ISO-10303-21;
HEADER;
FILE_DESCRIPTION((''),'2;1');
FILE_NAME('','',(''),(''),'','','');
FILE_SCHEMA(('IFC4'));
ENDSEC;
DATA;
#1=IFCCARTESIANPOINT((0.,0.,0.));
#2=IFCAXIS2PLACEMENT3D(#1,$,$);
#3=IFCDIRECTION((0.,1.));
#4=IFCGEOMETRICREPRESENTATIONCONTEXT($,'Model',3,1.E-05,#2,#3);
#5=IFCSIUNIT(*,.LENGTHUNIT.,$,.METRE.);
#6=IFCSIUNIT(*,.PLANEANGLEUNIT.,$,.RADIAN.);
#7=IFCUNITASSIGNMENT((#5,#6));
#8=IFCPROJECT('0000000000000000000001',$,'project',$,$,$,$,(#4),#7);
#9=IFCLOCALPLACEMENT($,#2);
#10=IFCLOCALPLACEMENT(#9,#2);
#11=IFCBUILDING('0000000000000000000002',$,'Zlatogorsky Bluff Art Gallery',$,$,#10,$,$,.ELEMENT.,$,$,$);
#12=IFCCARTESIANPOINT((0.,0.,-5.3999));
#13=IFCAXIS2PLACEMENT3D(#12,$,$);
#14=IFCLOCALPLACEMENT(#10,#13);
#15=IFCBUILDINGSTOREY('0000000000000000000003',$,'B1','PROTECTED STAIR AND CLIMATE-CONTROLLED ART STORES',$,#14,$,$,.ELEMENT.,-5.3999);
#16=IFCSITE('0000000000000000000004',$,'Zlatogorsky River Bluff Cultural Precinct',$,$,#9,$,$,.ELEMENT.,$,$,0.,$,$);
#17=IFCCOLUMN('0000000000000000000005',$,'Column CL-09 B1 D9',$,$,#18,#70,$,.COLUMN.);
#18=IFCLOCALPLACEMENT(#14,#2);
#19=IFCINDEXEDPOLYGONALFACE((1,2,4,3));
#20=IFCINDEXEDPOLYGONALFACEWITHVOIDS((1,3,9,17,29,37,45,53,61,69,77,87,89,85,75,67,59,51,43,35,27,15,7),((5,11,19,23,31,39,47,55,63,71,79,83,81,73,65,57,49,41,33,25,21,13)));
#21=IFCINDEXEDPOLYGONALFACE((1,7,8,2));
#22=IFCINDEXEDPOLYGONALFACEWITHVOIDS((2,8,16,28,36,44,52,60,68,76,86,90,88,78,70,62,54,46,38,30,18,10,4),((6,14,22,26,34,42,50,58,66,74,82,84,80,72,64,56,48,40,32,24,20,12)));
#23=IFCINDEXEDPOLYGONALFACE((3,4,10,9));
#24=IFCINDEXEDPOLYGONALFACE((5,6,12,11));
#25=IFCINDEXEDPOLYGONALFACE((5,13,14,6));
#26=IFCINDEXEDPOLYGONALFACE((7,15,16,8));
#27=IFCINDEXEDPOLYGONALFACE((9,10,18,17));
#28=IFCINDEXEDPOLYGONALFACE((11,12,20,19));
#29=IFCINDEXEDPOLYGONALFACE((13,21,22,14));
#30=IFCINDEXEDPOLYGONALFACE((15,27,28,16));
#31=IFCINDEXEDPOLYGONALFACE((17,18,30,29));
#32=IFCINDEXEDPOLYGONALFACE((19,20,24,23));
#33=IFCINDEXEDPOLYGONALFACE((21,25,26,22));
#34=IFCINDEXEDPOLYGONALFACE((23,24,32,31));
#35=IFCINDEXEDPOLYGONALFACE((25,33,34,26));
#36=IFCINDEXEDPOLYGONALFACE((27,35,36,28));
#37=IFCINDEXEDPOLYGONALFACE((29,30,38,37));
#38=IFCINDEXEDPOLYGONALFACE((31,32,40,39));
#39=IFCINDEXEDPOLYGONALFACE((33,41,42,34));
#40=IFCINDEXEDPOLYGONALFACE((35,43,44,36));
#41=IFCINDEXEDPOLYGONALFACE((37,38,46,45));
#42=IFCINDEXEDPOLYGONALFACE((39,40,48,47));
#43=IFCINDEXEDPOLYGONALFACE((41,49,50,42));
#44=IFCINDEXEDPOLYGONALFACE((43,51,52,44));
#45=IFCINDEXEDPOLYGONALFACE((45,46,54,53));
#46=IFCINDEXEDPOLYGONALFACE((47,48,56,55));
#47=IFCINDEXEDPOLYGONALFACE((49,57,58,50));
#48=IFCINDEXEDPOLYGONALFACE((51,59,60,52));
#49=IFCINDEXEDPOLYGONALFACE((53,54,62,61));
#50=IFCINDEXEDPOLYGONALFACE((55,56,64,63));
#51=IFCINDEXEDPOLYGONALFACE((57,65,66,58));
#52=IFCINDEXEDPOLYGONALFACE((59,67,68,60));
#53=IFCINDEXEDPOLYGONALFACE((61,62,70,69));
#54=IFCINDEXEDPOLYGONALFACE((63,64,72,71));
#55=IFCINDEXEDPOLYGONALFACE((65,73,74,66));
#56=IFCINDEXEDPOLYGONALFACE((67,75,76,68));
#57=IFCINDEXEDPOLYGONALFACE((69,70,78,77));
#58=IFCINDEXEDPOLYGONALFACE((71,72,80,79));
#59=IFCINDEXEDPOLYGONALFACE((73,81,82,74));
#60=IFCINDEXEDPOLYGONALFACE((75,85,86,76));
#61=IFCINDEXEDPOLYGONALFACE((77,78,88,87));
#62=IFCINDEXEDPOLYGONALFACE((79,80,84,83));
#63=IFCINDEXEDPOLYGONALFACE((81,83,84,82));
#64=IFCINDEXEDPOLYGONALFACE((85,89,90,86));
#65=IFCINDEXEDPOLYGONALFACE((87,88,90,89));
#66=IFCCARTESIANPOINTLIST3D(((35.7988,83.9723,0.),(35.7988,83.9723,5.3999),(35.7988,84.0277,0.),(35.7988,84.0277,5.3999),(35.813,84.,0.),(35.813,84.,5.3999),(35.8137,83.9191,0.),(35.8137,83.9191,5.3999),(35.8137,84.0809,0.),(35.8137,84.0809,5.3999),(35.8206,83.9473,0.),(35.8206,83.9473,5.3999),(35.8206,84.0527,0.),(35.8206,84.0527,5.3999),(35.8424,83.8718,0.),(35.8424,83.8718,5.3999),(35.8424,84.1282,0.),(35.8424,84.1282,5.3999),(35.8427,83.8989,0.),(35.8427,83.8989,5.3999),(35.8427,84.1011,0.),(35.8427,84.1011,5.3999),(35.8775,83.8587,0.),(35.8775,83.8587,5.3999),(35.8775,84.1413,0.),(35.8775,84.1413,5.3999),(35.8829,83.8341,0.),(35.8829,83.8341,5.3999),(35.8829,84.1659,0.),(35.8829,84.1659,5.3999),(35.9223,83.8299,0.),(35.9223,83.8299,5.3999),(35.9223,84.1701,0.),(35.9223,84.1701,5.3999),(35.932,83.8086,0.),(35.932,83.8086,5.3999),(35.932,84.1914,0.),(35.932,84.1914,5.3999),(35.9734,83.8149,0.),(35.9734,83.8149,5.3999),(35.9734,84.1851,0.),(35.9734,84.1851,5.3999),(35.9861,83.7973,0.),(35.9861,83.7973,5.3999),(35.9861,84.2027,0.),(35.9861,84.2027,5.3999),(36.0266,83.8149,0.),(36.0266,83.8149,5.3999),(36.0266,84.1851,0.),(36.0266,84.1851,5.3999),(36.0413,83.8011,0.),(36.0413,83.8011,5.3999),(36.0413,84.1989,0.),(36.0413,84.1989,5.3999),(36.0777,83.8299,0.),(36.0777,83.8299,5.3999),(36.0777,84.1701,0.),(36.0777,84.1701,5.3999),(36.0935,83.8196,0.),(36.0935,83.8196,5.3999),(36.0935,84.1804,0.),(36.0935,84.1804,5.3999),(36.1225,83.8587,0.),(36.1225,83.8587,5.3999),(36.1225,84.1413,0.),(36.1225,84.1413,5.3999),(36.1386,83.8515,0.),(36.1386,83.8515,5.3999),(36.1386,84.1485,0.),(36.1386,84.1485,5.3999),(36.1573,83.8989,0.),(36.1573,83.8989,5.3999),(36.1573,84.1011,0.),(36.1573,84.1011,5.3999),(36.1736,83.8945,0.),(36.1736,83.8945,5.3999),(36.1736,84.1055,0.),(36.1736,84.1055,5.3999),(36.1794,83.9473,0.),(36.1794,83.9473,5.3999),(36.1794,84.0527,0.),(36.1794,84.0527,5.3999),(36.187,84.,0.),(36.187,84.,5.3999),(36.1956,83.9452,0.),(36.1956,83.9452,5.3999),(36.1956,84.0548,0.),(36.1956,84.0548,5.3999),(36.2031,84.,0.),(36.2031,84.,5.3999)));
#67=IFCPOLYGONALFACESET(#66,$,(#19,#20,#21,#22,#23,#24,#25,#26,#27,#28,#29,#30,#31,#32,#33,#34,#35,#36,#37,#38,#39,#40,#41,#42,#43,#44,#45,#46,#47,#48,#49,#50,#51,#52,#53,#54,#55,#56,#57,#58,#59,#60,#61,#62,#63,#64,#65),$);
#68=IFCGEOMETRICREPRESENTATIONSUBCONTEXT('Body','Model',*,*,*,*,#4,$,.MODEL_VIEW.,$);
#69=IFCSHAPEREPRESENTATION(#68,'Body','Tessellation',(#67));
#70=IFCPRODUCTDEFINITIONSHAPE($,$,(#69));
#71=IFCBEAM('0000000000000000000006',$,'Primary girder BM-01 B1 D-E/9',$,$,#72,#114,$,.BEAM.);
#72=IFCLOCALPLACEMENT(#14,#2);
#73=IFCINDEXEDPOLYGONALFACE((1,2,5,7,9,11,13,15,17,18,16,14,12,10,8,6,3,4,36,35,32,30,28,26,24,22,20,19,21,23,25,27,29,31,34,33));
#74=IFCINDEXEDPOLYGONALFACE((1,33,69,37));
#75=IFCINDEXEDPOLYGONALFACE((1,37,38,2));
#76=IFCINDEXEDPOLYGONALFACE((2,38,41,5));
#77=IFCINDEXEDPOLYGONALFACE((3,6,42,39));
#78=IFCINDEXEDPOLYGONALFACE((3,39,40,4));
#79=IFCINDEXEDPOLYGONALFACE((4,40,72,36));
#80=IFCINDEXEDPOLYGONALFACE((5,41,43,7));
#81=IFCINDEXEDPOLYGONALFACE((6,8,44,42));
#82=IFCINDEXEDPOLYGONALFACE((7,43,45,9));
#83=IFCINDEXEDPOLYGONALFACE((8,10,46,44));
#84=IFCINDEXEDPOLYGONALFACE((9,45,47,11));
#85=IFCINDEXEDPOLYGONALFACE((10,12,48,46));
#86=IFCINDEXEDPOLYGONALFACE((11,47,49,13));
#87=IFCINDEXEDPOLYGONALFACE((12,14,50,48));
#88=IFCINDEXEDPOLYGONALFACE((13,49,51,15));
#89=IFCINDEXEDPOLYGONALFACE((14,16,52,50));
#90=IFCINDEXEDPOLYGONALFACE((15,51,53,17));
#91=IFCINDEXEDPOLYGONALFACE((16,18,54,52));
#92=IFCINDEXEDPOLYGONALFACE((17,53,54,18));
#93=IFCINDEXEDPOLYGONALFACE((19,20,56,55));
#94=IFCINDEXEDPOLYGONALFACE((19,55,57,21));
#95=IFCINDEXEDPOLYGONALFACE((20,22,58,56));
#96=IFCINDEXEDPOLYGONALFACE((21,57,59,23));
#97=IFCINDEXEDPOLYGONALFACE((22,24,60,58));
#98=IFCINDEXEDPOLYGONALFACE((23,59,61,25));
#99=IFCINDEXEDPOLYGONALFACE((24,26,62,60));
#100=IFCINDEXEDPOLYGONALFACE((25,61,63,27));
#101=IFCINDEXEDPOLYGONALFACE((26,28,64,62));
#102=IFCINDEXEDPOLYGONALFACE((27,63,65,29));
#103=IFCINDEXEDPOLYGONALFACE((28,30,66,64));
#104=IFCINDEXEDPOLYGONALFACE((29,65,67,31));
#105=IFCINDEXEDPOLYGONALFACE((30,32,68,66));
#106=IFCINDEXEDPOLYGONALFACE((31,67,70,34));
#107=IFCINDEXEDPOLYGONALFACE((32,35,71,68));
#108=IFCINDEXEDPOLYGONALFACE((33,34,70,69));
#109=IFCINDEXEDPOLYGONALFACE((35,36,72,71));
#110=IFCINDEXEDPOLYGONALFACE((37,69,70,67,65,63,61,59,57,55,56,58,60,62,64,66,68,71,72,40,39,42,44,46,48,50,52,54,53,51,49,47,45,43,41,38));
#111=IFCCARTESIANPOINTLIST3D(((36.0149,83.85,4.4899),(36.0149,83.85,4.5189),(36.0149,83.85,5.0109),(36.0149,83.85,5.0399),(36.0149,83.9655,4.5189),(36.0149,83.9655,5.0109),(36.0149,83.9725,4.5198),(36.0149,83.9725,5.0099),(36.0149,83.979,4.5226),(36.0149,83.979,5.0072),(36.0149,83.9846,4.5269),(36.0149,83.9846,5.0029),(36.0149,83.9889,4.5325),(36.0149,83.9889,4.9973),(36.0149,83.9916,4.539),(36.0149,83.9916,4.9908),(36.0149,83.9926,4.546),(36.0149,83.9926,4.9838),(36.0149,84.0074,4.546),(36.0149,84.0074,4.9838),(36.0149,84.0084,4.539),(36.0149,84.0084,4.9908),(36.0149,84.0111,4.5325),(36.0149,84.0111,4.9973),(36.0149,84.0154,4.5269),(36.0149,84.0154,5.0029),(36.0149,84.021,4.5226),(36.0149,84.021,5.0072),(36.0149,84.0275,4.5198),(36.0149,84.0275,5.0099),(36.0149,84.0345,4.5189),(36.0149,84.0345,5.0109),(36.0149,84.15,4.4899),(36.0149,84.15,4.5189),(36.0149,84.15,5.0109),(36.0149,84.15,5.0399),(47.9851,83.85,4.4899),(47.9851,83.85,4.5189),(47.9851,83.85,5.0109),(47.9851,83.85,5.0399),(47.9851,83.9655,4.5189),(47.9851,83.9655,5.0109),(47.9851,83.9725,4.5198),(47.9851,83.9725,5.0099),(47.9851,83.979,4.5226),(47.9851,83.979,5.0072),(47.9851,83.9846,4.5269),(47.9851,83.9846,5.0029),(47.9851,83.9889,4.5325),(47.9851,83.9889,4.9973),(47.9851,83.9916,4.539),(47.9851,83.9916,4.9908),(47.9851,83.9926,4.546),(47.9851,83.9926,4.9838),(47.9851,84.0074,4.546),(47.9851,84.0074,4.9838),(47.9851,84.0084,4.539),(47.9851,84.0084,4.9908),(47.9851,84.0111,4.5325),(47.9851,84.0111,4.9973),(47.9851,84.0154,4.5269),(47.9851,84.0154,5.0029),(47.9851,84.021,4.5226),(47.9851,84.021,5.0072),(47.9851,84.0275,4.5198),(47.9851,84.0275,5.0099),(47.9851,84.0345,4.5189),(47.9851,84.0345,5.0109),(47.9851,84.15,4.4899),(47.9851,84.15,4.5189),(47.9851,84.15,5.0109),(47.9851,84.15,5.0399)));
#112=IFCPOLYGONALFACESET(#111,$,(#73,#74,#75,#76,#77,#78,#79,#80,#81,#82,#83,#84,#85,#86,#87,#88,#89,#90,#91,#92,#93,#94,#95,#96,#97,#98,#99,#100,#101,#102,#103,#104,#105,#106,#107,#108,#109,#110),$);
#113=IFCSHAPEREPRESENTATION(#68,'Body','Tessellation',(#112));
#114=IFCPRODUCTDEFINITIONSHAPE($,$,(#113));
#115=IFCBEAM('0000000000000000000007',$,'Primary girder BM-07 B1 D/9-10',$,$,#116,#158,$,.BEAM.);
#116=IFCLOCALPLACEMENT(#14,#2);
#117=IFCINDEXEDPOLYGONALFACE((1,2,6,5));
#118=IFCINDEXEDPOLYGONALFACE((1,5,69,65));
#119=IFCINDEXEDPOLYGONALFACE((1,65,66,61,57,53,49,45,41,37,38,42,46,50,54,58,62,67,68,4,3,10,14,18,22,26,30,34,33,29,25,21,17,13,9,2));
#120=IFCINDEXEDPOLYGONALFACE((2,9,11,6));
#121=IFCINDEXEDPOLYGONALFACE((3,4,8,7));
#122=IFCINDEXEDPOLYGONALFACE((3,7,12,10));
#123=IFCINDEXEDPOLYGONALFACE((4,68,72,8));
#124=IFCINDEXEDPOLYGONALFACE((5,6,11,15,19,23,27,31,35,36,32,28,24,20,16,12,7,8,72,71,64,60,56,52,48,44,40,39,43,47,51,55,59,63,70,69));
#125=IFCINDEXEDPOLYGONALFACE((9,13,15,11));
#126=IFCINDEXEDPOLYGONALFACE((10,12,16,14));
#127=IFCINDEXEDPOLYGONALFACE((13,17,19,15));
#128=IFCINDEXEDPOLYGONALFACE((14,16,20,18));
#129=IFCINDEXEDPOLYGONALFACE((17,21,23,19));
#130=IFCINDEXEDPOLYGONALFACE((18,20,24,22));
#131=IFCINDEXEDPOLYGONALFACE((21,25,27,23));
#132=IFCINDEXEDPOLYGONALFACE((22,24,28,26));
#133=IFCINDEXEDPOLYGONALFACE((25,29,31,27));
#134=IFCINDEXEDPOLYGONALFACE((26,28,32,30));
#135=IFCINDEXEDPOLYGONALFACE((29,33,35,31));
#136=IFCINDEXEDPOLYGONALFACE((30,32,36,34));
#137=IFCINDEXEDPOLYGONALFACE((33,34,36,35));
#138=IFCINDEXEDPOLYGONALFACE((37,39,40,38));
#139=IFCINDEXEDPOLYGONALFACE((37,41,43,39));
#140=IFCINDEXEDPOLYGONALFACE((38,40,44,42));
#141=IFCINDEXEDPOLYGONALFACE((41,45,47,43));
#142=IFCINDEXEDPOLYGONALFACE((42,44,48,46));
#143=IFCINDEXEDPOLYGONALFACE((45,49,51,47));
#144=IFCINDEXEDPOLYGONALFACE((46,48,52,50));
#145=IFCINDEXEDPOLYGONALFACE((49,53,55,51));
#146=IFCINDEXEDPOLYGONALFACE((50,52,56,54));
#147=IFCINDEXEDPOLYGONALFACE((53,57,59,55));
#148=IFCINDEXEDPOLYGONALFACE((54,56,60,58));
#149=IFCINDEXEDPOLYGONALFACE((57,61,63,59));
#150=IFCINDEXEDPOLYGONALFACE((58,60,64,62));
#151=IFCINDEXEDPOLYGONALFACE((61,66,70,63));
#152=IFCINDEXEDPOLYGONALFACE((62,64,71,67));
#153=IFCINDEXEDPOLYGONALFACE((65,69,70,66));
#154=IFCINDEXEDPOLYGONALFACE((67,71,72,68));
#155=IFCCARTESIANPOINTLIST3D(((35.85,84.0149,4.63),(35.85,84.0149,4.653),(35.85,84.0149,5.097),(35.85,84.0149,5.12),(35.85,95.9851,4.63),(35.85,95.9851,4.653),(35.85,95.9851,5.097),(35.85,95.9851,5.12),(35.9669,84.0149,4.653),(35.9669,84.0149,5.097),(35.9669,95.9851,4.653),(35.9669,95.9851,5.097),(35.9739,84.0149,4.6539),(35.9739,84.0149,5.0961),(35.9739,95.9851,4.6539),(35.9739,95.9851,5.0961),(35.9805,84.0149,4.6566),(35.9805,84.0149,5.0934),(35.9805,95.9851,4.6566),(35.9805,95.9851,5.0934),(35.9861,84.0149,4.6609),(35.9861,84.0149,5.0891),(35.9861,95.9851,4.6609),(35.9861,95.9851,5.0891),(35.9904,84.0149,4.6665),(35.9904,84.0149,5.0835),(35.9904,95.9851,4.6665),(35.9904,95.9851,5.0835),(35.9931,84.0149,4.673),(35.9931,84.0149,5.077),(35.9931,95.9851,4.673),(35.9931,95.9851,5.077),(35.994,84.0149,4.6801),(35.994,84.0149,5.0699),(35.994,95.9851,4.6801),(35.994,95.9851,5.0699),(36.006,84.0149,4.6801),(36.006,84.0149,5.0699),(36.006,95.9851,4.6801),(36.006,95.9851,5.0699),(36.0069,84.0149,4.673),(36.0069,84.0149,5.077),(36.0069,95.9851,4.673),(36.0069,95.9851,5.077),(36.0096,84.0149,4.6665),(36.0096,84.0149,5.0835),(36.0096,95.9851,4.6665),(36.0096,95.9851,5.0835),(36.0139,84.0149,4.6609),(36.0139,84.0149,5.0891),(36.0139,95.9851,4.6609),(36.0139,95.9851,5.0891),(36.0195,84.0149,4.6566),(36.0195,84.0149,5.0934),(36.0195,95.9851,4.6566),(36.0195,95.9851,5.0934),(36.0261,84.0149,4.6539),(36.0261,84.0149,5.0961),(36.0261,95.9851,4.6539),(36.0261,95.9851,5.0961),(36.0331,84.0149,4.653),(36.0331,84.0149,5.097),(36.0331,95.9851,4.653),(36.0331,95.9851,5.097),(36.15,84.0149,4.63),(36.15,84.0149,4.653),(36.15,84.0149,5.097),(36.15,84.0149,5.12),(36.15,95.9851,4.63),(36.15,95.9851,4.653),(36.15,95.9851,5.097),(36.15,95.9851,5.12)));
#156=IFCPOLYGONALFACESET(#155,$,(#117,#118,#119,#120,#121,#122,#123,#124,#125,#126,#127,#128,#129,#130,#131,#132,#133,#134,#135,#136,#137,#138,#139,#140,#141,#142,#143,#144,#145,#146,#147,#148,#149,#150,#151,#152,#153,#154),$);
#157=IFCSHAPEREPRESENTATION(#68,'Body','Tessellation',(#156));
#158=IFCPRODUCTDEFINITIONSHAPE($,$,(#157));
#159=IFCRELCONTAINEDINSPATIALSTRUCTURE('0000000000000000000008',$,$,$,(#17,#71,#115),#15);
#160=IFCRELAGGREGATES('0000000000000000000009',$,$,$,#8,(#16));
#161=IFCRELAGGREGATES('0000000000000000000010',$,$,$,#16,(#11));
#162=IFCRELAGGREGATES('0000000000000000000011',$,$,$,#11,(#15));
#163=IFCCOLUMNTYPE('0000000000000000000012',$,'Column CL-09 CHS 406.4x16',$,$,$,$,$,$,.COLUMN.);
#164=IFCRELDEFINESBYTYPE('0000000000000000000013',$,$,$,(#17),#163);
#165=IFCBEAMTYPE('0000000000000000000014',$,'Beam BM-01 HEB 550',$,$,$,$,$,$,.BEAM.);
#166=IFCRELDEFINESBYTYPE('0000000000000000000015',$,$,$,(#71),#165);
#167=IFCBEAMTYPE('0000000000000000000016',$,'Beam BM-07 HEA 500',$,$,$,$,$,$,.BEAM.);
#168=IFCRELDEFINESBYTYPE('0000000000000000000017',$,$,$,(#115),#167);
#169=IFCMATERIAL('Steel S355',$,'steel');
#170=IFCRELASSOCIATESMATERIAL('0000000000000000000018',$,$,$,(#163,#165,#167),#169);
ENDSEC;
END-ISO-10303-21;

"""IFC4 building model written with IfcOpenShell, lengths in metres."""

from ifc_helpers import new_model, si_unit, direction, frame, origin, origin_2d, place, context, subcontext, project, spatial, hollow_circle, i_section, extrude, material, material_profile, profile_set, type_object, element, save


model = new_model("IFC4")

# Units and contexts
model_context = context("Model", 3, precision=1e-05, world=origin(), true_north=direction((0.0, 1.0)))
body_context = subcontext(model_context, "Body", "Model", "MODEL_VIEW")
ifc_project = project(units=[si_unit("LENGTHUNIT", "METRE"), si_unit("PLANEANGLEUNIT", "RADIAN")], contexts=[model_context])

# Site, building, storey
site_placement = place(None, origin())
site = spatial("IfcSite", under=ifc_project, at=site_placement, Name="Zlatogorsky River Bluff Cultural Precinct", CompositionType="ELEMENT", RefElevation=0.0)
building_placement = place(site_placement, origin())
building = spatial("IfcBuilding", under=site, at=building_placement, Name="Zlatogorsky Bluff Art Gallery", CompositionType="ELEMENT")
storey_placement = place(building_placement, frame((0.0, 0.0, -5.3999)))
storey = spatial("IfcBuildingStorey", under=building, at=storey_placement, Name="B1", Description="PROTECTED STAIR AND CLIMATE-CONTROLLED ART STORES", CompositionType="ELEMENT", Elevation=-5.3999)

# Column
ifc_material_1 = material(Name="Steel S355", Category="steel")
ifc_material_profile_1 = material_profile(ifc_material_1, hollow_circle(Radius=0.2031, WallThickness=0.0161, at=origin_2d()), Name="CHS 406.4x16")
ifc_profile_set_1 = profile_set([ifc_material_profile_1], Name="Steel S355")
column_type = type_object("IfcColumnType", Name="Column CL-09 CHS 406.4x16", PredefinedType="COLUMN", material=ifc_profile_set_1)
column_placement = place(storey_placement, frame((36.0, 84.0, 0.0), z_axis=(0.0, 0.0, 1.0), x_axis=(1.0, 0.0, 0.0)))
element("IfcColumn", 1, at=column_placement, inside=storey, type_object=column_type, Name="Column CL-09 B1 D9", PredefinedType="COLUMN", context=body_context, shape_type="SweptSolid", body=[
    extrude(hollow_circle(Radius=0.2031, WallThickness=0.0161, at=origin_2d()), origin(), (0.0, 0.0, 1.0), 5.3999),
])

# Beams
ifc_material_profile_2 = material_profile(ifc_material_1, i_section(OverallWidth=0.3, OverallDepth=0.55, WebThickness=0.0149, FlangeThickness=0.0291, FilletRadius=0.0271, at=origin_2d()), Name="HEB 550")
ifc_profile_set_2 = profile_set([ifc_material_profile_2], Name="Steel S355")
beam_type_1 = type_object("IfcBeamType", Name="Beam BM-01 HEB 550", PredefinedType="BEAM", material=ifc_profile_set_2)
beam_1_placement = place(storey_placement, frame((36.0149, 84.0, 4.7649), z_axis=(1.0, 0.0, 0.0), x_axis=(0.0, 1.0, 0.0)))
element("IfcBeam", 2, at=beam_1_placement, inside=storey, type_object=beam_type_1, Name="Primary girder BM-01 B1 D-E/9", PredefinedType="BEAM", context=body_context, shape_type="SweptSolid", body=[
    extrude(i_section(OverallWidth=0.3, OverallDepth=0.55, WebThickness=0.0149, FlangeThickness=0.0291, FilletRadius=0.0271, at=origin_2d()), origin(), (0.0, 0.0, 1.0), 11.9702),
])
ifc_material_profile_3 = material_profile(ifc_material_1, i_section(OverallWidth=0.3, OverallDepth=0.49, WebThickness=0.012, FlangeThickness=0.0229, FilletRadius=0.0271, at=origin_2d()), Name="HEA 500")
ifc_profile_set_3 = profile_set([ifc_material_profile_3], Name="Steel S355")
beam_type_2 = type_object("IfcBeamType", Name="Beam BM-07 HEA 500", PredefinedType="BEAM", material=ifc_profile_set_3)
beam_2_placement = place(storey_placement, frame((36.0, 84.0149, 4.875), z_axis=(0.0, 1.0, 0.0), x_axis=(-1.0, 0.0, 0.0)))
element("IfcBeam", 3, at=beam_2_placement, inside=storey, type_object=beam_type_2, Name="Primary girder BM-07 B1 D/9-10", PredefinedType="BEAM", context=body_context, shape_type="SweptSolid", body=[
    extrude(i_section(OverallWidth=0.3, OverallDepth=0.49, WebThickness=0.012, FlangeThickness=0.0229, FilletRadius=0.0271, at=origin_2d()), origin(), (0.0, 0.0, 1.0), 11.9702),
])

save(model, "model.ifc")
